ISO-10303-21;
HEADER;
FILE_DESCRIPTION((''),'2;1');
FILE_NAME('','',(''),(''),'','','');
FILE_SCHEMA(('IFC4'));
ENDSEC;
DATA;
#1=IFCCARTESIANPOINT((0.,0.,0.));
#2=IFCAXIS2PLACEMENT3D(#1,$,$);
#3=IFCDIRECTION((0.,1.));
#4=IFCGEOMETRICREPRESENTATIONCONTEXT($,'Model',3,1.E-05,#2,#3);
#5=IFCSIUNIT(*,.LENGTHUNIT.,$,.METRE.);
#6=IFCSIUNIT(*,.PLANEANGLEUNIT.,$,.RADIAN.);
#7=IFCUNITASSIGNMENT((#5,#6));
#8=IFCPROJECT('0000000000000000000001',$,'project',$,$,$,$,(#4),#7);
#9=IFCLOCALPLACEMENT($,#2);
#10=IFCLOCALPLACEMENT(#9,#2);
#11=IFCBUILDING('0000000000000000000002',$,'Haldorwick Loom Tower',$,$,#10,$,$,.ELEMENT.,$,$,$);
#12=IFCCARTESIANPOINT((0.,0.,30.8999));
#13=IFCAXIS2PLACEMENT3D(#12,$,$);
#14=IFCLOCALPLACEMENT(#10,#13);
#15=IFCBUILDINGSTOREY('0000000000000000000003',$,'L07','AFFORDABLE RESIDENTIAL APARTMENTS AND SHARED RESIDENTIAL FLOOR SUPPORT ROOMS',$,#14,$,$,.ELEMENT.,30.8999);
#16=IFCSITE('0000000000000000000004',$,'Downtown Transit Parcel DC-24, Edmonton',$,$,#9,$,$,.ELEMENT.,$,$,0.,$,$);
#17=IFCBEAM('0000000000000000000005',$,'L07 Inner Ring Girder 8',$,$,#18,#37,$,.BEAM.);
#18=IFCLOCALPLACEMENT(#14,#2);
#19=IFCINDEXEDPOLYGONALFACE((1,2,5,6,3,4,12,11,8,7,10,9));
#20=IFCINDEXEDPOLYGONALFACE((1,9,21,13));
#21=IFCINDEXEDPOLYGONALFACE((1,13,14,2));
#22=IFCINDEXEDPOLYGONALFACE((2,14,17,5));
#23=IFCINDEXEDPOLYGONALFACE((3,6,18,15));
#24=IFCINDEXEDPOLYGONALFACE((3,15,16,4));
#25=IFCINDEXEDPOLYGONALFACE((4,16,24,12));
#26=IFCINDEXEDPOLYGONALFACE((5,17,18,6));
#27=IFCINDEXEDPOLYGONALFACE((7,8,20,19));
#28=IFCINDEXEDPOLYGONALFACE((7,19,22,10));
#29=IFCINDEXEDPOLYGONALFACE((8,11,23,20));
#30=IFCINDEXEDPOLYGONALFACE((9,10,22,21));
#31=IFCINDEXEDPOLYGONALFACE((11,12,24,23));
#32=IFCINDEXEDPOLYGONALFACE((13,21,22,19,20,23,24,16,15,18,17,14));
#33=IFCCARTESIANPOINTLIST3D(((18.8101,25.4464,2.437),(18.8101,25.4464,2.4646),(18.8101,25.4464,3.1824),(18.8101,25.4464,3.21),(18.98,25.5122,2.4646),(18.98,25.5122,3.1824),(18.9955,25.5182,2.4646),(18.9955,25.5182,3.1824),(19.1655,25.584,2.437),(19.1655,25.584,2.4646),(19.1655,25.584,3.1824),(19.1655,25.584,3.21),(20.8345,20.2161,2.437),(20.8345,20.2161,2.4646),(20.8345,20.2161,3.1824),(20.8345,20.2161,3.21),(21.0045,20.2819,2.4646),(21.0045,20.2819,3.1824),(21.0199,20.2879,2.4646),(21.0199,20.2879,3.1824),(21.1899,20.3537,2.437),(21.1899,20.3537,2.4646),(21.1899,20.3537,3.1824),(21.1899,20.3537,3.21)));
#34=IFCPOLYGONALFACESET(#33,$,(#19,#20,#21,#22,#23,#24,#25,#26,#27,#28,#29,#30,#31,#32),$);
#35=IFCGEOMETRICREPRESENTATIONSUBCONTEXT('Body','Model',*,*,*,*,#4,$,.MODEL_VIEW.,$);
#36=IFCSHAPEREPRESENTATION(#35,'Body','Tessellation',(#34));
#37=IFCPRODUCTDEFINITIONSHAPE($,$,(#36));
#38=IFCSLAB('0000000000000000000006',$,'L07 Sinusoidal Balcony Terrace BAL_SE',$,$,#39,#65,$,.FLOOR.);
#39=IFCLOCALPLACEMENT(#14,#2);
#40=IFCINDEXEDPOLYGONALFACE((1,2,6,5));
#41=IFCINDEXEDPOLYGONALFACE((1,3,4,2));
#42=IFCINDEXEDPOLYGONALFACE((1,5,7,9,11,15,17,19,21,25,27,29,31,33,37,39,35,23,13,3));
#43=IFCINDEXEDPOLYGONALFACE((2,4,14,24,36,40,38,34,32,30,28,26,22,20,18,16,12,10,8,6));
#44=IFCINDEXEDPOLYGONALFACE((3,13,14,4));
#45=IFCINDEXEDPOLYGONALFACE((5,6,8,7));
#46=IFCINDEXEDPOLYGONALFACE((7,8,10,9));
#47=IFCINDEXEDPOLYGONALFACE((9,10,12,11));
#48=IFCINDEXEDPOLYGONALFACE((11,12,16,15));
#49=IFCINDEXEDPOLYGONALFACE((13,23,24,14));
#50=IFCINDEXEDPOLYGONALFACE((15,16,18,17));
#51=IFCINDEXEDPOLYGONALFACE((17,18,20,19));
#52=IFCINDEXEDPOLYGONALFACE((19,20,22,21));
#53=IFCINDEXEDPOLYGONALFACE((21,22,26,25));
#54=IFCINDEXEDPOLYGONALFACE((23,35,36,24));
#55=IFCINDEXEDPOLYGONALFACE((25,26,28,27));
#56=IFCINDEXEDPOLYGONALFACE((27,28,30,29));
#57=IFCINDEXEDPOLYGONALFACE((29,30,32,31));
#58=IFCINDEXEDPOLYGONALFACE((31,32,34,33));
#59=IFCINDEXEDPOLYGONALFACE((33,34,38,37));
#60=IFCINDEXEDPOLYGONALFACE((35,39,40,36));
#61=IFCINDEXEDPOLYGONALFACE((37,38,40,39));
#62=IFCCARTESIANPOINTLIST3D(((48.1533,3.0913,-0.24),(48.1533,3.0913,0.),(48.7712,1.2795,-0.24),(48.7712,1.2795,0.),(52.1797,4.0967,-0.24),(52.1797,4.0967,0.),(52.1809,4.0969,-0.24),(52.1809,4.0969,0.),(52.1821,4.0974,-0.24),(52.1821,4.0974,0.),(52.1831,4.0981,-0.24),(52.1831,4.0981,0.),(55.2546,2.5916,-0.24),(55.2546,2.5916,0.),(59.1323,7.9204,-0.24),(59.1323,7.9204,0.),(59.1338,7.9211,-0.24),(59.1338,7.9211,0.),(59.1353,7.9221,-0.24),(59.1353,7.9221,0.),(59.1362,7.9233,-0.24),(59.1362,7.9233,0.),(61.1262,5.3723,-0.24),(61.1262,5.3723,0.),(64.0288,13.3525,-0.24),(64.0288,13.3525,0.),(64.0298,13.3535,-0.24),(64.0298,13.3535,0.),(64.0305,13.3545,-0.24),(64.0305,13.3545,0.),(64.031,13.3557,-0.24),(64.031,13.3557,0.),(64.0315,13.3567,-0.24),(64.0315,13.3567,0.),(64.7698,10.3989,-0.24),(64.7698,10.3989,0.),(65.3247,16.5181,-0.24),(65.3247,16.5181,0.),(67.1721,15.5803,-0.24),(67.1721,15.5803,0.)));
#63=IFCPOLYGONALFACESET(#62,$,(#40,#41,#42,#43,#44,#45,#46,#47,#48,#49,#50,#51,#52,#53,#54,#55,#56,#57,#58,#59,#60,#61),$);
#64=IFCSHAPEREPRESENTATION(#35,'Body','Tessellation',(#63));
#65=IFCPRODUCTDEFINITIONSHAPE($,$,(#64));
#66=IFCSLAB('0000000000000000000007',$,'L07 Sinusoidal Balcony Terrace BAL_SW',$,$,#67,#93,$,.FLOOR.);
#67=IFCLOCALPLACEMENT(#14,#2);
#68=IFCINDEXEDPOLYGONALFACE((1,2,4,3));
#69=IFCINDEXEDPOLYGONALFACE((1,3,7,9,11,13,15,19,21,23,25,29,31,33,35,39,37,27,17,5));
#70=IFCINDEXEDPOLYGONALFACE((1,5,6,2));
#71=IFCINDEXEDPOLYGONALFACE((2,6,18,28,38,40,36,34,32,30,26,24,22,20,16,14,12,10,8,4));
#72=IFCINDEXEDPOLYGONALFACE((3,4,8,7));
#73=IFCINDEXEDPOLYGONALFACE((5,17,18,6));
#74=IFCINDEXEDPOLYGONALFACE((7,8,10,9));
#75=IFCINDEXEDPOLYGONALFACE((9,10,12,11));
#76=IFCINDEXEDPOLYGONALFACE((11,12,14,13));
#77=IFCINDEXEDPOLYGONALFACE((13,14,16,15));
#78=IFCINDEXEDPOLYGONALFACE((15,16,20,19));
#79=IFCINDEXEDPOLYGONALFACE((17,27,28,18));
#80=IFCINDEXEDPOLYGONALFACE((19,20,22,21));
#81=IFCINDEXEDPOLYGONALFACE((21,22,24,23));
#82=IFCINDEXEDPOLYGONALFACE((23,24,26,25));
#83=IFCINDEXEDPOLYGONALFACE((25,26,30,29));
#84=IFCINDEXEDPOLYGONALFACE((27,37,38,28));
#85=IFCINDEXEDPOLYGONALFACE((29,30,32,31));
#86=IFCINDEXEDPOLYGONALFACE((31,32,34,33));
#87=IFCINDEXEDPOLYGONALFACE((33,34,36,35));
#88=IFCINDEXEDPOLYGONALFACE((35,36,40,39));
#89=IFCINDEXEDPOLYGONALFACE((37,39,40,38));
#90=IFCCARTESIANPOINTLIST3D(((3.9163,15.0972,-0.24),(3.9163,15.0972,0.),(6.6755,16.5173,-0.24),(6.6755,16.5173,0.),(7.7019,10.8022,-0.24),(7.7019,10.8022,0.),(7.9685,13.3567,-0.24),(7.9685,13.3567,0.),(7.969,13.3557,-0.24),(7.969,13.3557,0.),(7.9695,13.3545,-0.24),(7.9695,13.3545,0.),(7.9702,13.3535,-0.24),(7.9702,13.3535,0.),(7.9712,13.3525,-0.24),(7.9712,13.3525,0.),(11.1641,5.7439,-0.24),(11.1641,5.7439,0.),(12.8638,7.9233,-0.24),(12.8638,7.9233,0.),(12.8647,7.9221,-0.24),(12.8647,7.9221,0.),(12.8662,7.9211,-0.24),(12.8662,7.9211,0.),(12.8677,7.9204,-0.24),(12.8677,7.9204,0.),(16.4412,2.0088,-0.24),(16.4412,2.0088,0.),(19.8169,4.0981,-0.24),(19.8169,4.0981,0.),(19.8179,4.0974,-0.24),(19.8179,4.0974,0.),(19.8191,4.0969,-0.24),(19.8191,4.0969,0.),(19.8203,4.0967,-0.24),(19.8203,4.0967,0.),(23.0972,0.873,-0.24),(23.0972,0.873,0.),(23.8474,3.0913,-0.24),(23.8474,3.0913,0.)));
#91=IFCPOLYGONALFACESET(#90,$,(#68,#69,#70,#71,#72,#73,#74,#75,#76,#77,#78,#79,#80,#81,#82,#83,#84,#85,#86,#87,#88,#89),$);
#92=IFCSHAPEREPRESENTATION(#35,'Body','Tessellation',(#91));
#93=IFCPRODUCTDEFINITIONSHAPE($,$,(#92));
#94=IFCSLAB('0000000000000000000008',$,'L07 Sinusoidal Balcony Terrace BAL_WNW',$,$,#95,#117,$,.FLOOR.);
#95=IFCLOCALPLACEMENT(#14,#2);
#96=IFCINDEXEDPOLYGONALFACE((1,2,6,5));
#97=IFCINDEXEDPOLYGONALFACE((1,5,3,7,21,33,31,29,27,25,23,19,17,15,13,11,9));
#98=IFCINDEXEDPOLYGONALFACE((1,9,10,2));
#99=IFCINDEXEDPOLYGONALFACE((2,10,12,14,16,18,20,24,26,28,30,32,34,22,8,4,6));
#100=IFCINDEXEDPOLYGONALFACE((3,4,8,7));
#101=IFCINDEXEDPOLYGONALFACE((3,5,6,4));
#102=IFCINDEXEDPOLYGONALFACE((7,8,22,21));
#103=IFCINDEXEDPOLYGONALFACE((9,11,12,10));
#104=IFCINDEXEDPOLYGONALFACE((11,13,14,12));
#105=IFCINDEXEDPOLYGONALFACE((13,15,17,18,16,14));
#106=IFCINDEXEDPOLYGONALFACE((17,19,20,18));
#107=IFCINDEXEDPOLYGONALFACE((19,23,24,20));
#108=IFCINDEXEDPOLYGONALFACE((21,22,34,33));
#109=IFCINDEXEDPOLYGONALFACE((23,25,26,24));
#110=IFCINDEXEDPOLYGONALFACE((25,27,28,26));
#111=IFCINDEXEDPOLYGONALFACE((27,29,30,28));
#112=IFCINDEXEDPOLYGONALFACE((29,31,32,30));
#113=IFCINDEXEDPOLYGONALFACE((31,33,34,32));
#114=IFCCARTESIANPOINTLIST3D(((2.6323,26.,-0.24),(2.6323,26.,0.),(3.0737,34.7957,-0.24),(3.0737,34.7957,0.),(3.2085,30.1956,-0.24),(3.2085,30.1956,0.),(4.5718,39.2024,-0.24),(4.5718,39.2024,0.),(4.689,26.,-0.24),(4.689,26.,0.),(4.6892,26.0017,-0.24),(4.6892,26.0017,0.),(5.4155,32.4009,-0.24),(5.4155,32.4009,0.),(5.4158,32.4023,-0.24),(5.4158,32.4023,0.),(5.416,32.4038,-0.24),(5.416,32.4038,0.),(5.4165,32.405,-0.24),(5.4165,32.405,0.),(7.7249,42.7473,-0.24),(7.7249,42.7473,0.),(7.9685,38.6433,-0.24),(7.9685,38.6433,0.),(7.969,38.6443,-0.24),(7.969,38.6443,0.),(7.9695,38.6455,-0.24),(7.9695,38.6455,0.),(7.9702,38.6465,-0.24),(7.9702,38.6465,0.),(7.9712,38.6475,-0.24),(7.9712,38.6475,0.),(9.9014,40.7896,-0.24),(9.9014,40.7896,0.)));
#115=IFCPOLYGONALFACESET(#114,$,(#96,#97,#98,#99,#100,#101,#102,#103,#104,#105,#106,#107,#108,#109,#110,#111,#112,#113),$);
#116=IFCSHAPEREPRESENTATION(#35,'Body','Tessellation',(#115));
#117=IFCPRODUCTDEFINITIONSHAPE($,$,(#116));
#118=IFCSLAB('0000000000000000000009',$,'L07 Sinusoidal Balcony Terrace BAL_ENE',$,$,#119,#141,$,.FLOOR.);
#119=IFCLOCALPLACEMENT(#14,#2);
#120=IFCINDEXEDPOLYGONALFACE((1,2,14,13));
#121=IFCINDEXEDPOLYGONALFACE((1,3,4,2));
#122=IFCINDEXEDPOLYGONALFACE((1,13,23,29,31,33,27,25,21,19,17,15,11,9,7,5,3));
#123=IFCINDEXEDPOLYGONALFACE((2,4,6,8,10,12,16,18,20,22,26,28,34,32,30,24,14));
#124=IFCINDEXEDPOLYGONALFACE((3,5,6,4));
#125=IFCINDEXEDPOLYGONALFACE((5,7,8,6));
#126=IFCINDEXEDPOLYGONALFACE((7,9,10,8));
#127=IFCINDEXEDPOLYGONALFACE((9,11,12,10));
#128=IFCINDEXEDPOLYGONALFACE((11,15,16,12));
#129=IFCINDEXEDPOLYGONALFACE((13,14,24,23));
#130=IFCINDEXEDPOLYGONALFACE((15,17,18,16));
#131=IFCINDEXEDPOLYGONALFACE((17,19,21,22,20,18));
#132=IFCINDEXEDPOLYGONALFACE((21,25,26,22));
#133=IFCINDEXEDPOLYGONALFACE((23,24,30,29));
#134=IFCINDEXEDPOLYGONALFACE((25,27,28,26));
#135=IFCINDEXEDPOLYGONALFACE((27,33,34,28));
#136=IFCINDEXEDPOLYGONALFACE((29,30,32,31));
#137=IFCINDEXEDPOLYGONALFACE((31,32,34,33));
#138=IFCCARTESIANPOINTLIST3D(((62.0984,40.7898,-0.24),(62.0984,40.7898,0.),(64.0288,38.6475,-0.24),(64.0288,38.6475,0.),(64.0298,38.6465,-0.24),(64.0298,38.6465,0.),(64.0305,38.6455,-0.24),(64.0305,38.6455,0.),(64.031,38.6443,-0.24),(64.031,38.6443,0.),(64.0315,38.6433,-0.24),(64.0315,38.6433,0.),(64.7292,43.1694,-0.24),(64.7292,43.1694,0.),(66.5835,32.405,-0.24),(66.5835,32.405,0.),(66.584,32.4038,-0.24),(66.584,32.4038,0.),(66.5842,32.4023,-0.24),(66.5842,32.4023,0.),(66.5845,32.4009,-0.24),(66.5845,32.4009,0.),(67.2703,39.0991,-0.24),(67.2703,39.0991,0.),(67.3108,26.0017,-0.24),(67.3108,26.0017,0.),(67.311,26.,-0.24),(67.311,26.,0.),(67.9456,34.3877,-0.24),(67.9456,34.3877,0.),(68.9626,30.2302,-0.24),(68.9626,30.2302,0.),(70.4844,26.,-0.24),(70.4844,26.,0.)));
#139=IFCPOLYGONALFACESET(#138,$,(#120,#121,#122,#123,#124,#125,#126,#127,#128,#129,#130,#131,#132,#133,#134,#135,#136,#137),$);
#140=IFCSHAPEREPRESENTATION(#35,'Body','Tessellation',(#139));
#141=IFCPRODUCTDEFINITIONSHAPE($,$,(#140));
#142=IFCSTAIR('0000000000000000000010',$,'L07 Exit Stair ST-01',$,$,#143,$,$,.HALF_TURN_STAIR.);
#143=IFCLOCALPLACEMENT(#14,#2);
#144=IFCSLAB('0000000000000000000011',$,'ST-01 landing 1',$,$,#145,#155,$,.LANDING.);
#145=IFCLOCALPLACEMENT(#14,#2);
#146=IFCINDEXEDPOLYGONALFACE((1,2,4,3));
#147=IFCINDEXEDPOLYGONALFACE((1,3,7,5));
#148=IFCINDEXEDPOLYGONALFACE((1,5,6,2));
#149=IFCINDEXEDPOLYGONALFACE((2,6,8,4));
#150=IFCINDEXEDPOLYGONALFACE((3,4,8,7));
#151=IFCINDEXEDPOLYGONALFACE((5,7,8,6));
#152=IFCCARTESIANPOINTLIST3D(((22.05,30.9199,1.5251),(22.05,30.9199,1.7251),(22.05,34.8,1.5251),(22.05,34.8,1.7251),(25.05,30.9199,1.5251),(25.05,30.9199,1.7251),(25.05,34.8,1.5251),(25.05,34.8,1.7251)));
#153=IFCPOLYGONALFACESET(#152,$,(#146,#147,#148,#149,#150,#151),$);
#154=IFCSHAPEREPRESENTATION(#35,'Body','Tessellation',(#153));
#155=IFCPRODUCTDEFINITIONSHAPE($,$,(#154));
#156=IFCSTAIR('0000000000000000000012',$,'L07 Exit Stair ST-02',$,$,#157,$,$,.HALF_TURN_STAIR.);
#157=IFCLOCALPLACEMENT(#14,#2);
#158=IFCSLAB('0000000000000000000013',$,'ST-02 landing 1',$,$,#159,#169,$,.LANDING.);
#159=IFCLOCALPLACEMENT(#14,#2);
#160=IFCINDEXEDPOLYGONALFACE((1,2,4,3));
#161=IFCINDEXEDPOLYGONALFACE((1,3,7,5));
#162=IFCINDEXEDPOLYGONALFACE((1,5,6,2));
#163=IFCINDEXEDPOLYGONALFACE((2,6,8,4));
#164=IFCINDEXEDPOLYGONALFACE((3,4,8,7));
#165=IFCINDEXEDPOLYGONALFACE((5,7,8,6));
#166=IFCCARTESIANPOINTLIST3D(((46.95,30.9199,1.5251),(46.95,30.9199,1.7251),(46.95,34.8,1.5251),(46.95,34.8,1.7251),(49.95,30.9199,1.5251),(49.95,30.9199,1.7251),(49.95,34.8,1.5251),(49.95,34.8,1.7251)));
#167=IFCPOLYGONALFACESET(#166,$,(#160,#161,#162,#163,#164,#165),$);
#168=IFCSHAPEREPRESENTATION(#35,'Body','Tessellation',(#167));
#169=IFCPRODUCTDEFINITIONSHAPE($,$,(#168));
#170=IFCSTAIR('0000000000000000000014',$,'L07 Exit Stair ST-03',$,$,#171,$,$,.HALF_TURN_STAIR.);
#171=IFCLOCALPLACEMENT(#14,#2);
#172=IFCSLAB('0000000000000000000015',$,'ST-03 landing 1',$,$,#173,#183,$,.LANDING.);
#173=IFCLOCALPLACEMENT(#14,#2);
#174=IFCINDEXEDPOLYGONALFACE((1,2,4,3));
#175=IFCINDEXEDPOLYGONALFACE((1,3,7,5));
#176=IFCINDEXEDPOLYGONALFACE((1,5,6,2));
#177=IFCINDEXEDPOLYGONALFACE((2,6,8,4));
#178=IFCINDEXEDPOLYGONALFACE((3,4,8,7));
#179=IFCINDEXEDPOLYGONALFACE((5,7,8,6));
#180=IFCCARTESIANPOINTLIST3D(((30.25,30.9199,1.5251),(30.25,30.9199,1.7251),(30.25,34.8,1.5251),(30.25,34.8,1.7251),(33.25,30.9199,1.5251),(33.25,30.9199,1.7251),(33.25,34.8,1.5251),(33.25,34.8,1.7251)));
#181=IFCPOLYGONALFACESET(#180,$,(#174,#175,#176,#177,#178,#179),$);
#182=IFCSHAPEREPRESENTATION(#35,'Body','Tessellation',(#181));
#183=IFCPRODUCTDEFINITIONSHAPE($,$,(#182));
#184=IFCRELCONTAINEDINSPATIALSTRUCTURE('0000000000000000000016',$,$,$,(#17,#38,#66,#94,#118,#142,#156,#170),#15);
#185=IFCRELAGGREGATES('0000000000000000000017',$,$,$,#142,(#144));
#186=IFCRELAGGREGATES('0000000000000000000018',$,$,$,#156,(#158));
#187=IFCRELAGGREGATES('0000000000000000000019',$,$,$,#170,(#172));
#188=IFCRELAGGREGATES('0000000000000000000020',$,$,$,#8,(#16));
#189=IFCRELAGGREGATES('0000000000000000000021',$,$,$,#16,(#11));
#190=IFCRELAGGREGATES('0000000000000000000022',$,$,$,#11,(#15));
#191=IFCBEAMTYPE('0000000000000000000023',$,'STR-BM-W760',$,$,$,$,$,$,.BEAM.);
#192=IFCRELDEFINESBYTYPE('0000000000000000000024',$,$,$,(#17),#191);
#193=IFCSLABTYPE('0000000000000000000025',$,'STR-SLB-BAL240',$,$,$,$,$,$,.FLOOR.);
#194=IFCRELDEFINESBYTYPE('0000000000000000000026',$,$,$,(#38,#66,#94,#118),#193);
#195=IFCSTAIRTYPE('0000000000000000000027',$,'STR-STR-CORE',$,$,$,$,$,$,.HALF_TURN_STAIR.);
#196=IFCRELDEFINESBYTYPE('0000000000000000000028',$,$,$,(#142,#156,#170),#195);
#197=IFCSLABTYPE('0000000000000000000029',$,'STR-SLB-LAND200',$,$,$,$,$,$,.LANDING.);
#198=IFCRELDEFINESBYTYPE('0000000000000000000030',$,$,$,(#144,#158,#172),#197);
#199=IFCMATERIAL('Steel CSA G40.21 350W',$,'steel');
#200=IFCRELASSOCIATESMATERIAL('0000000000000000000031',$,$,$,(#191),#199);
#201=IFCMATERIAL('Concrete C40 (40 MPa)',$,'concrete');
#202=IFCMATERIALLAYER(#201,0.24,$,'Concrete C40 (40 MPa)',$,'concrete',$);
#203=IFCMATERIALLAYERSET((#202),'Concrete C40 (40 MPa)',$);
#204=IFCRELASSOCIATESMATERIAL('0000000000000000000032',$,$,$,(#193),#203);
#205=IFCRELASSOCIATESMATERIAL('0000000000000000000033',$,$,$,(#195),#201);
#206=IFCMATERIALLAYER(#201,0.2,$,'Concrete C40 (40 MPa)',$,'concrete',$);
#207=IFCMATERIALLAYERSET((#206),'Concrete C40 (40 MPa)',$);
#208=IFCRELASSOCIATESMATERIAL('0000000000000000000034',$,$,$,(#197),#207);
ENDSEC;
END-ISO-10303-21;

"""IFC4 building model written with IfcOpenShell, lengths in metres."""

from ifc_helpers import new_model, si_unit, direction, frame, origin, origin_2d, place, context, subcontext, project, spatial, polyline, i_section, outline, extrude, material, layer, layer_set, material_profile, profile_set, type_object, element, aggregate, save


model = new_model("IFC4")

# Units and contexts
model_context = context("Model", 3, precision=1e-05, world=origin(), true_north=direction((0.0, 1.0)))
body_context = subcontext(model_context, "Body", "Model", "MODEL_VIEW")
ifc_project = project(units=[si_unit("LENGTHUNIT", "METRE"), si_unit("PLANEANGLEUNIT", "RADIAN")], contexts=[model_context])

# Site, building, storey
site_placement = place(None, origin())
site = spatial("IfcSite", under=ifc_project, at=site_placement, Name="Downtown Transit Parcel DC-24, Edmonton", CompositionType="ELEMENT", RefElevation=0.0)
building_placement = place(site_placement, origin())
building = spatial("IfcBuilding", under=site, at=building_placement, Name="Haldorwick Loom Tower", CompositionType="ELEMENT")
storey_placement = place(building_placement, frame((0.0, 0.0, 30.8999)))
storey = spatial("IfcBuildingStorey", under=building, at=storey_placement, Name="L07", Description="AFFORDABLE RESIDENTIAL APARTMENTS AND SHARED RESIDENTIAL FLOOR SUPPORT ROOMS", CompositionType="ELEMENT", Elevation=30.8999)

# Beam
ifc_material_1 = material(Name="Steel CSA G40.21 350W", Category="steel")
ifc_material_profile_1 = material_profile(ifc_material_1, i_section(OverallWidth=0.3811, OverallDepth=0.7729, WebThickness=0.0166, FlangeThickness=0.0276, at=origin_2d()), Name="W760X257", Category="steel")
ifc_profile_set_1 = profile_set([ifc_material_profile_1], Name="Steel CSA G40.21 350W")
beam_type_1 = type_object("IfcBeamType", Name="STR-BM-W760", PredefinedType="BEAM", material=ifc_profile_set_1)
beam_1_placement = place(storey_placement, frame((21.0122, 20.2849, 2.8235), z_axis=(-0.360965, 0.932579, 0.0), x_axis=(-0.932579, -0.360965, 0.0)))
element("IfcBeam", 1, at=beam_1_placement, inside=storey, type_object=beam_type_1, Name="L07 Inner Ring Girder 8", PredefinedType="BEAM", context=body_context, shape_type="SweptSolid", body=[
    extrude(i_section(OverallWidth=0.3811, OverallDepth=0.7729, WebThickness=0.0166, FlangeThickness=0.0276, at=origin_2d()), origin(), (0.0, 0.0, 1.0), 5.6084),
])

# Slabs
ifc_material_2 = material(Name="Concrete C40 (40 MPa)", Category="concrete")
ifc_layer_1 = layer(ifc_material_2, 0.24, Name="Concrete C40 (40 MPa)", Category="concrete")
ifc_layer_set_1 = layer_set([ifc_layer_1], Name="Concrete C40 (40 MPa)")
slab_type_1 = type_object("IfcSlabType", Name="STR-SLB-BAL240", PredefinedType="FLOOR", material=ifc_layer_set_1)
slab_1_placement = place(storey_placement, frame((0.0, 0.0, -0.24)))
element("IfcSlab", 2, at=slab_1_placement, inside=storey, type_object=slab_type_1, Name="L07 Sinusoidal Balcony Terrace BAL_SE", PredefinedType="FLOOR", context=body_context, shape_type="SweptSolid", body=[
    extrude(outline(polyline([(65.3247, 16.5181), (64.0315, 13.3567), (64.031, 13.3557), (64.0305, 13.3545), (64.0298, 13.3535), (64.0288, 13.3525), (59.1362, 7.9233), (59.1353, 7.9221), (59.1338, 7.9211), (59.1323, 7.9204), (52.1831, 4.0981), (52.1821, 4.0974), (52.1809, 4.0969), (52.1797, 4.0967), (48.1533, 3.0913), (48.7712, 1.2795), (55.2546, 2.5916), (61.1262, 5.3723), (64.7698, 10.3989), (67.1721, 15.5803), (65.3247, 16.5181)])), origin(), (0.0, 0.0, 1.0), 0.24),
])
slab_2_placement = place(storey_placement, frame((0.0, 0.0, -0.24)))
element("IfcSlab", 3, at=slab_2_placement, inside=storey, type_object=slab_type_1, Name="L07 Sinusoidal Balcony Terrace BAL_SW", PredefinedType="FLOOR", context=body_context, shape_type="SweptSolid", body=[
    extrude(outline(polyline([(23.8474, 3.0913), (19.8203, 4.0967), (19.8191, 4.0969), (19.8179, 4.0974), (19.8169, 4.0981), (12.8677, 7.9204), (12.8662, 7.9211), (12.8647, 7.9221), (12.8638, 7.9233), (7.9712, 13.3525), (7.9702, 13.3535), (7.9695, 13.3545), (7.969, 13.3557), (7.9685, 13.3567), (6.6755, 16.5173), (3.9163, 15.0972), (7.7019, 10.8022), (11.1641, 5.7439), (16.4412, 2.0088), (23.0972, 0.873), (23.8474, 3.0913)])), origin(), (0.0, 0.0, 1.0), 0.24),
])
slab_3_placement = place(storey_placement, frame((0.0, 0.0, -0.24)))
element("IfcSlab", 4, at=slab_3_placement, inside=storey, type_object=slab_type_1, Name="L07 Sinusoidal Balcony Terrace BAL_WNW", PredefinedType="FLOOR", context=body_context, shape_type="SweptSolid", body=[
    extrude(outline(polyline([(4.689, 26.0), (4.6892, 26.0017), (5.4155, 32.4009), (5.4158, 32.4023), (5.416, 32.4038), (5.4165, 32.405), (7.9685, 38.6433), (7.969, 38.6443), (7.9695, 38.6455), (7.9702, 38.6465), (7.9712, 38.6475), (9.9014, 40.7896), (7.7249, 42.7473), (4.5718, 39.2024), (3.0737, 34.7957), (3.2085, 30.1956), (2.6323, 26.0), (4.689, 26.0)])), origin(), (0.0, 0.0, 1.0), 0.24),
])
slab_4_placement = place(storey_placement, frame((0.0, 0.0, -0.24)))
element("IfcSlab", 5, at=slab_4_placement, inside=storey, type_object=slab_type_1, Name="L07 Sinusoidal Balcony Terrace BAL_ENE", PredefinedType="FLOOR", context=body_context, shape_type="SweptSolid", body=[
    extrude(outline(polyline([(62.0984, 40.7898), (64.0288, 38.6475), (64.0298, 38.6465), (64.0305, 38.6455), (64.031, 38.6443), (64.0315, 38.6433), (66.5835, 32.405), (66.584, 32.4038), (66.5842, 32.4023), (66.5845, 32.4009), (67.3108, 26.0017), (67.311, 26.0), (70.4844, 26.0), (68.9626, 30.2302), (67.9456, 34.3877), (67.2703, 39.0991), (64.7292, 43.1694), (62.0984, 40.7898)])), origin(), (0.0, 0.0, 1.0), 0.24),
])

# Stairs, slabs
stair_type = type_object("IfcStairType", Name="STR-STR-CORE", PredefinedType="HALF_TURN_STAIR", material=ifc_material_2)
stair_1_placement = place(storey_placement, origin())
stair_1 = element("IfcStair", 6, at=stair_1_placement, inside=storey, type_object=stair_type, Name="L07 Exit Stair ST-01", PredefinedType="HALF_TURN_STAIR")
ifc_layer_2 = layer(ifc_material_2, 0.2, Name="Concrete C40 (40 MPa)", Category="concrete")
ifc_layer_set_2 = layer_set([ifc_layer_2], Name="Concrete C40 (40 MPa)")
slab_type_2 = type_object("IfcSlabType", Name="STR-SLB-LAND200", PredefinedType="LANDING", material=ifc_layer_set_2)
slab_5_placement = place(storey_placement, frame((0.0, 0.0, 1.5251)))
slab_5 = element("IfcSlab", 7, at=slab_5_placement, type_object=slab_type_2, Name="ST-01 landing 1", PredefinedType="LANDING", context=body_context, shape_type="SweptSolid", body=[
    extrude(outline(polyline([(25.05, 30.9199), (25.05, 34.8), (22.05, 34.8), (22.05, 30.9199), (25.05, 30.9199)])), origin(), (0.0, 0.0, 1.0), 0.2),
])
aggregate(stair_1, [slab_5])
stair_2_placement = place(storey_placement, origin())
stair_2 = element("IfcStair", 8, at=stair_2_placement, inside=storey, type_object=stair_type, Name="L07 Exit Stair ST-02", PredefinedType="HALF_TURN_STAIR")
slab_6_placement = place(storey_placement, frame((0.0, 0.0, 1.5251)))
slab_6 = element("IfcSlab", 9, at=slab_6_placement, type_object=slab_type_2, Name="ST-02 landing 1", PredefinedType="LANDING", context=body_context, shape_type="SweptSolid", body=[
    extrude(outline(polyline([(49.95, 30.9199), (49.95, 34.8), (46.95, 34.8), (46.95, 30.9199), (49.95, 30.9199)])), origin(), (0.0, 0.0, 1.0), 0.2),
])
aggregate(stair_2, [slab_6])
stair_3_placement = place(storey_placement, origin())
stair_3 = element("IfcStair", 10, at=stair_3_placement, inside=storey, type_object=stair_type, Name="L07 Exit Stair ST-03", PredefinedType="HALF_TURN_STAIR")
slab_7_placement = place(storey_placement, frame((0.0, 0.0, 1.5251)))
slab_7 = element("IfcSlab", 11, at=slab_7_placement, type_object=slab_type_2, Name="ST-03 landing 1", PredefinedType="LANDING", context=body_context, shape_type="SweptSolid", body=[
    extrude(outline(polyline([(33.25, 30.9199), (33.25, 34.8), (30.25, 34.8), (30.25, 30.9199), (33.25, 30.9199)])), origin(), (0.0, 0.0, 1.0), 0.2),
])
aggregate(stair_3, [slab_7])

save(model, "model.ifc")
